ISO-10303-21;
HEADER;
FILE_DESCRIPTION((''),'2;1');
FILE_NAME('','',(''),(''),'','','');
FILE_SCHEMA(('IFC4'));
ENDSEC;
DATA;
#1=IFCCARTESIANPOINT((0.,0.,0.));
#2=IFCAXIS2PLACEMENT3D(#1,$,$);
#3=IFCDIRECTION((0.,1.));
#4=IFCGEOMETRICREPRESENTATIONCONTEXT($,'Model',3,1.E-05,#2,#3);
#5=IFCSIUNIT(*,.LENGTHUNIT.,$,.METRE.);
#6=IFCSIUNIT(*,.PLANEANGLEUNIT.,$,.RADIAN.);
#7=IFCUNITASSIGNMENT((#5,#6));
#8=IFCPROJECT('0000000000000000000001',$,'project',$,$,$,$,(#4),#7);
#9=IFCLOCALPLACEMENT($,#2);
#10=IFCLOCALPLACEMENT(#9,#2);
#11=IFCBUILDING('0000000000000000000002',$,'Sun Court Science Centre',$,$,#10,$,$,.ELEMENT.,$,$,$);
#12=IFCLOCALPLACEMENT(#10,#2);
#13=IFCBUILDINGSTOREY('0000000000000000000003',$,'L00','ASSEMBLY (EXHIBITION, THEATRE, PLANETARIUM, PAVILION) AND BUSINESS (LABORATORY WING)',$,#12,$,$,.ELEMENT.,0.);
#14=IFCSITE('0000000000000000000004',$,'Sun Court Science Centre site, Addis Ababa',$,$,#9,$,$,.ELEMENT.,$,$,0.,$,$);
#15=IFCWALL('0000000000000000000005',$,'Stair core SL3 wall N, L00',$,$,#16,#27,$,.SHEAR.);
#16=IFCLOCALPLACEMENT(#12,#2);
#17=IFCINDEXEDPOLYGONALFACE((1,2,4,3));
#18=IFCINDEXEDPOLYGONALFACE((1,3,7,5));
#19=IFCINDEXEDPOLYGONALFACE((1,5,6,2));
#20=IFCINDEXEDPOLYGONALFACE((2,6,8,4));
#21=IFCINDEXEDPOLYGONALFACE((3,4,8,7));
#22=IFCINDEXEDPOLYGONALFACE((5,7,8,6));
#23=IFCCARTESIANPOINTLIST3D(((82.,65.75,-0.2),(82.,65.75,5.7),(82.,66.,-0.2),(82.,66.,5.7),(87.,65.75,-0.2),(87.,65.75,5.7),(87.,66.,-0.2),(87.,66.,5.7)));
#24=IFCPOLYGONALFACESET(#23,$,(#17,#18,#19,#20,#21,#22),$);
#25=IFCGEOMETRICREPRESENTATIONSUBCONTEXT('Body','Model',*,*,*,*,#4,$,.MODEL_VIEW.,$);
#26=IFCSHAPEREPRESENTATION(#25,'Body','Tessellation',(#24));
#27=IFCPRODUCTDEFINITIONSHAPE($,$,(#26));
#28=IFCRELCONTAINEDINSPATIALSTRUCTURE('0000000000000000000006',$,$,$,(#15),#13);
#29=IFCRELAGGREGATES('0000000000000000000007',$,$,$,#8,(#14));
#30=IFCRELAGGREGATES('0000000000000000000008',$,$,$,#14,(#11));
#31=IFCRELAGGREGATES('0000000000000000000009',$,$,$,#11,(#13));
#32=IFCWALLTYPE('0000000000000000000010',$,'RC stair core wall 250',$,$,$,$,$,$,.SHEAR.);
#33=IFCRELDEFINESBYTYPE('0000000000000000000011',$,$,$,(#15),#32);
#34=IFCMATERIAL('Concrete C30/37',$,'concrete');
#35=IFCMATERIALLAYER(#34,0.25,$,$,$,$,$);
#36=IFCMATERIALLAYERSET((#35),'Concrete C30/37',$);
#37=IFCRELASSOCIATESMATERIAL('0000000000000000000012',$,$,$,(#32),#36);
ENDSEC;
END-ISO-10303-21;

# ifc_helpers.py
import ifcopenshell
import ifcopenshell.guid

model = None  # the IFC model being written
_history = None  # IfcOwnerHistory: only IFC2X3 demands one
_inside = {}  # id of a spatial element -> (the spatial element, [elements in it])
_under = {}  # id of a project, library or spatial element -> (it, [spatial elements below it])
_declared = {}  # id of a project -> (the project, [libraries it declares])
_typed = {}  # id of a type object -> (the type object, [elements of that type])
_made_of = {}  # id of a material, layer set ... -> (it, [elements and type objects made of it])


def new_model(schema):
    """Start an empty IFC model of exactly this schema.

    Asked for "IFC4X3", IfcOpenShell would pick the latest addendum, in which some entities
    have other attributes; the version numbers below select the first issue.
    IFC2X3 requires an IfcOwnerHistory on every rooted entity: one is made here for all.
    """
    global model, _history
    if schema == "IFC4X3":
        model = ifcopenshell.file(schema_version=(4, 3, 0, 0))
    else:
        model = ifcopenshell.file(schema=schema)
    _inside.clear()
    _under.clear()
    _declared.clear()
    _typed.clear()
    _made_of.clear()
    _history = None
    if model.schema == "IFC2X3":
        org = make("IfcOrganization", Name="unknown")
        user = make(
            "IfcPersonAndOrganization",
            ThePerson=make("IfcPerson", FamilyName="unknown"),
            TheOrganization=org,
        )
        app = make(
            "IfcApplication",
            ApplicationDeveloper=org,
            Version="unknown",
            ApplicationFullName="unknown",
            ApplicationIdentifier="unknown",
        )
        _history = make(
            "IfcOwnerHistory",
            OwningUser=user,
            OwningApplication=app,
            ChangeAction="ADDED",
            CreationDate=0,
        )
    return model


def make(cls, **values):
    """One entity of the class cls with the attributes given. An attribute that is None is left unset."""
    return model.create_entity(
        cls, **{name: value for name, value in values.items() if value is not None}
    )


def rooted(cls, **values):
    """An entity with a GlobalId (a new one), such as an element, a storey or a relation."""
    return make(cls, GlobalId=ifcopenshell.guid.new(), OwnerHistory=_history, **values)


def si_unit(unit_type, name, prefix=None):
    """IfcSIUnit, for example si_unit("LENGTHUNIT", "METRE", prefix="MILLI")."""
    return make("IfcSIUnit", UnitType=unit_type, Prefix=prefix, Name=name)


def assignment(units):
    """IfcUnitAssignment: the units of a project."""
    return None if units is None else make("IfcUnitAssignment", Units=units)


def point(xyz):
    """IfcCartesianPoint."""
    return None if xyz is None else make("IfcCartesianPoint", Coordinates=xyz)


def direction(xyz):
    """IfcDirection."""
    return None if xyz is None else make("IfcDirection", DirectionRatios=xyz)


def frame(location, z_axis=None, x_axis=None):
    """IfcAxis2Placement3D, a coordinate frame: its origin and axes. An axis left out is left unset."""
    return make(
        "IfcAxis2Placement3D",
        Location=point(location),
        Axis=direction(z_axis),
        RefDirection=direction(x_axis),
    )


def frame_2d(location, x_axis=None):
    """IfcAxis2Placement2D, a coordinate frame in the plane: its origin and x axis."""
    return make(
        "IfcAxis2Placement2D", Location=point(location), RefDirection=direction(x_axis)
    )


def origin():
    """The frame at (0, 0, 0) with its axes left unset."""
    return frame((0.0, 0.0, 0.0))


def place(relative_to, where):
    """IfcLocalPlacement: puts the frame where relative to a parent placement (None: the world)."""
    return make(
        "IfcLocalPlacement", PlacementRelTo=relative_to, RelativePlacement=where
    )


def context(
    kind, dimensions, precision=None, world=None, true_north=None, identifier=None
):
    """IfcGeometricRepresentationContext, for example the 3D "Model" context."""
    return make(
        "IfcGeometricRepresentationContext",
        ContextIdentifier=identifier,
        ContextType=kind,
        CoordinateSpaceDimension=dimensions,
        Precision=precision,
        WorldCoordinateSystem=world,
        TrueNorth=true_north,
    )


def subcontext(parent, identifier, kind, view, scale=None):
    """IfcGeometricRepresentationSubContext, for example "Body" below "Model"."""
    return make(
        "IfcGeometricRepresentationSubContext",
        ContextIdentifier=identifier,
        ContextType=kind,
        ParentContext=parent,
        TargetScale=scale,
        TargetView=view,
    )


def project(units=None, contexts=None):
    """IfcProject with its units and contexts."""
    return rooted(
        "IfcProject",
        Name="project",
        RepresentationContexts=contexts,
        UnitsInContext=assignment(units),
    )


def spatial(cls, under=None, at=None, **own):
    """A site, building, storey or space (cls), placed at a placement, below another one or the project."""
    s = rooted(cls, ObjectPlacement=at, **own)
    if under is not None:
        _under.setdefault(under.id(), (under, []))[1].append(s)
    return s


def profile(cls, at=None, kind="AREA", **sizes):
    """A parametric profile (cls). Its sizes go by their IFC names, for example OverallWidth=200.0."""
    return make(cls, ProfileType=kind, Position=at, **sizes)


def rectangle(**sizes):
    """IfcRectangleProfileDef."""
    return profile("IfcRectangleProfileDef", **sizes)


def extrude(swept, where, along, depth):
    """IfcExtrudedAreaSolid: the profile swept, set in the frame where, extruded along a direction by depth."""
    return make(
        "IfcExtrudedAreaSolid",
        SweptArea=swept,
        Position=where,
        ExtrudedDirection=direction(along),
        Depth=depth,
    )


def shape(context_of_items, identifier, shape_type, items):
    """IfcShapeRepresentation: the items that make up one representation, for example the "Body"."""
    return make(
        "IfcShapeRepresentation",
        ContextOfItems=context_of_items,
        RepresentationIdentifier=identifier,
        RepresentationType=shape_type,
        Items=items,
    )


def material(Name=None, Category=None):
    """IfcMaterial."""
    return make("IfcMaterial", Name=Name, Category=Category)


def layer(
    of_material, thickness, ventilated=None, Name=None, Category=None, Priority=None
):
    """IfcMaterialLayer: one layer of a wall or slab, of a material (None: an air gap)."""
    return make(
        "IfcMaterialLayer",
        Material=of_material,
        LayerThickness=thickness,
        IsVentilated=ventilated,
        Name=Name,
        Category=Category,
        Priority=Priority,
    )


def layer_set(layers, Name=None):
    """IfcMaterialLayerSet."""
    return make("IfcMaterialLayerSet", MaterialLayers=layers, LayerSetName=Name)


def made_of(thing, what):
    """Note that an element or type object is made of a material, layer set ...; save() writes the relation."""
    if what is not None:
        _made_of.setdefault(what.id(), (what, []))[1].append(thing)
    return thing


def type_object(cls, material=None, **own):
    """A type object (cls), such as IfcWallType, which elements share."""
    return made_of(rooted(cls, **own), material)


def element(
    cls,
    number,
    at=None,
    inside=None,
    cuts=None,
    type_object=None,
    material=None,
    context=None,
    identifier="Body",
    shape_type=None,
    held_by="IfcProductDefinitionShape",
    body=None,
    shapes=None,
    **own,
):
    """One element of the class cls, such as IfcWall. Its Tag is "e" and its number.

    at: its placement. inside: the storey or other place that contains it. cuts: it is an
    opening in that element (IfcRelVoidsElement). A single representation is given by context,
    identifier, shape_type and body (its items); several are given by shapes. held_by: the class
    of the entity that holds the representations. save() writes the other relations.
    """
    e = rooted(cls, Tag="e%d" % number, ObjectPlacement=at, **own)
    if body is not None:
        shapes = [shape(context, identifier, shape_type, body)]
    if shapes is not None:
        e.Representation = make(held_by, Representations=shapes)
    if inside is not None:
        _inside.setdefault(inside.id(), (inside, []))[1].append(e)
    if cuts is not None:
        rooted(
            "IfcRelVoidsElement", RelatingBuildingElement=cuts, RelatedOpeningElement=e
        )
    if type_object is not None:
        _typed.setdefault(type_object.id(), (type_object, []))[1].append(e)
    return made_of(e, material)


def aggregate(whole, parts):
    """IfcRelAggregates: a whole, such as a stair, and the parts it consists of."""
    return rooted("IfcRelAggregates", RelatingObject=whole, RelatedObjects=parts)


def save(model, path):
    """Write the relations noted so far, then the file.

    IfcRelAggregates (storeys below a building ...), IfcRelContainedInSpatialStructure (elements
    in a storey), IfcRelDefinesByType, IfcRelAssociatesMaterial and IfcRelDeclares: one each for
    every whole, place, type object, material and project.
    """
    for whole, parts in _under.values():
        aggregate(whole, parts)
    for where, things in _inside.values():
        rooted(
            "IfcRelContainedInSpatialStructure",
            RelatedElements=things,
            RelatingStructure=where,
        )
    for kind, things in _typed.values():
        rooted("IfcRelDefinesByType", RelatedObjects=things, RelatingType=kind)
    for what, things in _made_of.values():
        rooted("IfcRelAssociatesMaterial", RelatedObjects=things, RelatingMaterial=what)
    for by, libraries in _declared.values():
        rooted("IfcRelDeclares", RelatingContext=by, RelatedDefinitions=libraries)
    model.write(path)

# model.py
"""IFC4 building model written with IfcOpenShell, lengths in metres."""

from ifc_helpers import new_model, si_unit, direction, frame, frame_2d, origin, place, context, subcontext, project, spatial, rectangle, extrude, material, layer, layer_set, type_object, element, save


model = new_model("IFC4")

# Units and contexts
model_context = context("Model", 3, precision=1e-05, world=origin(), true_north=direction((0.0, 1.0)))
body_context = subcontext(model_context, "Body", "Model", "MODEL_VIEW")
ifc_project = project(units=[si_unit("LENGTHUNIT", "METRE"), si_unit("PLANEANGLEUNIT", "RADIAN")], contexts=[model_context])

# Site, building, storey
site_placement = place(None, origin())
site = spatial("IfcSite", under=ifc_project, at=site_placement, Name="Sun Court Science Centre site, Addis Ababa", CompositionType="ELEMENT", RefElevation=0.0)
building_placement = place(site_placement, origin())
building = spatial("IfcBuilding", under=site, at=building_placement, Name="Sun Court Science Centre", CompositionType="ELEMENT")
storey_placement = place(building_placement, origin())
storey = spatial("IfcBuildingStorey", under=building, at=storey_placement, Name="L00", Description="ASSEMBLY (EXHIBITION, THEATRE, PLANETARIUM, PAVILION) AND BUSINESS (LABORATORY WING)", CompositionType="ELEMENT", Elevation=0.0)

# Wall
ifc_material_1 = material(Name="Concrete C30/37", Category="concrete")
ifc_layer_1 = layer(ifc_material_1, 0.25)
ifc_layer_set_1 = layer_set([ifc_layer_1], Name="Concrete C30/37")
wall_type_1 = type_object("IfcWallType", Name="RC stair core wall 250", PredefinedType="SHEAR", material=ifc_layer_set_1)
wall_1_placement = place(storey_placement, frame((82.0, 65.875, -0.2), z_axis=(0.0, 0.0, 1.0), x_axis=(1.0, 0.0, 0.0)))
element("IfcWall", 1, at=wall_1_placement, inside=storey, type_object=wall_type_1, Name="Stair core SL3 wall N, L00", PredefinedType="SHEAR", context=body_context, shape_type="SweptSolid", body=[
    extrude(rectangle(XDim=5.0, YDim=0.25, at=frame_2d((2.5, 0.0))), origin(), (0.0, 0.0, 1.0), 5.8999),
])

save(model, "model.ifc")
